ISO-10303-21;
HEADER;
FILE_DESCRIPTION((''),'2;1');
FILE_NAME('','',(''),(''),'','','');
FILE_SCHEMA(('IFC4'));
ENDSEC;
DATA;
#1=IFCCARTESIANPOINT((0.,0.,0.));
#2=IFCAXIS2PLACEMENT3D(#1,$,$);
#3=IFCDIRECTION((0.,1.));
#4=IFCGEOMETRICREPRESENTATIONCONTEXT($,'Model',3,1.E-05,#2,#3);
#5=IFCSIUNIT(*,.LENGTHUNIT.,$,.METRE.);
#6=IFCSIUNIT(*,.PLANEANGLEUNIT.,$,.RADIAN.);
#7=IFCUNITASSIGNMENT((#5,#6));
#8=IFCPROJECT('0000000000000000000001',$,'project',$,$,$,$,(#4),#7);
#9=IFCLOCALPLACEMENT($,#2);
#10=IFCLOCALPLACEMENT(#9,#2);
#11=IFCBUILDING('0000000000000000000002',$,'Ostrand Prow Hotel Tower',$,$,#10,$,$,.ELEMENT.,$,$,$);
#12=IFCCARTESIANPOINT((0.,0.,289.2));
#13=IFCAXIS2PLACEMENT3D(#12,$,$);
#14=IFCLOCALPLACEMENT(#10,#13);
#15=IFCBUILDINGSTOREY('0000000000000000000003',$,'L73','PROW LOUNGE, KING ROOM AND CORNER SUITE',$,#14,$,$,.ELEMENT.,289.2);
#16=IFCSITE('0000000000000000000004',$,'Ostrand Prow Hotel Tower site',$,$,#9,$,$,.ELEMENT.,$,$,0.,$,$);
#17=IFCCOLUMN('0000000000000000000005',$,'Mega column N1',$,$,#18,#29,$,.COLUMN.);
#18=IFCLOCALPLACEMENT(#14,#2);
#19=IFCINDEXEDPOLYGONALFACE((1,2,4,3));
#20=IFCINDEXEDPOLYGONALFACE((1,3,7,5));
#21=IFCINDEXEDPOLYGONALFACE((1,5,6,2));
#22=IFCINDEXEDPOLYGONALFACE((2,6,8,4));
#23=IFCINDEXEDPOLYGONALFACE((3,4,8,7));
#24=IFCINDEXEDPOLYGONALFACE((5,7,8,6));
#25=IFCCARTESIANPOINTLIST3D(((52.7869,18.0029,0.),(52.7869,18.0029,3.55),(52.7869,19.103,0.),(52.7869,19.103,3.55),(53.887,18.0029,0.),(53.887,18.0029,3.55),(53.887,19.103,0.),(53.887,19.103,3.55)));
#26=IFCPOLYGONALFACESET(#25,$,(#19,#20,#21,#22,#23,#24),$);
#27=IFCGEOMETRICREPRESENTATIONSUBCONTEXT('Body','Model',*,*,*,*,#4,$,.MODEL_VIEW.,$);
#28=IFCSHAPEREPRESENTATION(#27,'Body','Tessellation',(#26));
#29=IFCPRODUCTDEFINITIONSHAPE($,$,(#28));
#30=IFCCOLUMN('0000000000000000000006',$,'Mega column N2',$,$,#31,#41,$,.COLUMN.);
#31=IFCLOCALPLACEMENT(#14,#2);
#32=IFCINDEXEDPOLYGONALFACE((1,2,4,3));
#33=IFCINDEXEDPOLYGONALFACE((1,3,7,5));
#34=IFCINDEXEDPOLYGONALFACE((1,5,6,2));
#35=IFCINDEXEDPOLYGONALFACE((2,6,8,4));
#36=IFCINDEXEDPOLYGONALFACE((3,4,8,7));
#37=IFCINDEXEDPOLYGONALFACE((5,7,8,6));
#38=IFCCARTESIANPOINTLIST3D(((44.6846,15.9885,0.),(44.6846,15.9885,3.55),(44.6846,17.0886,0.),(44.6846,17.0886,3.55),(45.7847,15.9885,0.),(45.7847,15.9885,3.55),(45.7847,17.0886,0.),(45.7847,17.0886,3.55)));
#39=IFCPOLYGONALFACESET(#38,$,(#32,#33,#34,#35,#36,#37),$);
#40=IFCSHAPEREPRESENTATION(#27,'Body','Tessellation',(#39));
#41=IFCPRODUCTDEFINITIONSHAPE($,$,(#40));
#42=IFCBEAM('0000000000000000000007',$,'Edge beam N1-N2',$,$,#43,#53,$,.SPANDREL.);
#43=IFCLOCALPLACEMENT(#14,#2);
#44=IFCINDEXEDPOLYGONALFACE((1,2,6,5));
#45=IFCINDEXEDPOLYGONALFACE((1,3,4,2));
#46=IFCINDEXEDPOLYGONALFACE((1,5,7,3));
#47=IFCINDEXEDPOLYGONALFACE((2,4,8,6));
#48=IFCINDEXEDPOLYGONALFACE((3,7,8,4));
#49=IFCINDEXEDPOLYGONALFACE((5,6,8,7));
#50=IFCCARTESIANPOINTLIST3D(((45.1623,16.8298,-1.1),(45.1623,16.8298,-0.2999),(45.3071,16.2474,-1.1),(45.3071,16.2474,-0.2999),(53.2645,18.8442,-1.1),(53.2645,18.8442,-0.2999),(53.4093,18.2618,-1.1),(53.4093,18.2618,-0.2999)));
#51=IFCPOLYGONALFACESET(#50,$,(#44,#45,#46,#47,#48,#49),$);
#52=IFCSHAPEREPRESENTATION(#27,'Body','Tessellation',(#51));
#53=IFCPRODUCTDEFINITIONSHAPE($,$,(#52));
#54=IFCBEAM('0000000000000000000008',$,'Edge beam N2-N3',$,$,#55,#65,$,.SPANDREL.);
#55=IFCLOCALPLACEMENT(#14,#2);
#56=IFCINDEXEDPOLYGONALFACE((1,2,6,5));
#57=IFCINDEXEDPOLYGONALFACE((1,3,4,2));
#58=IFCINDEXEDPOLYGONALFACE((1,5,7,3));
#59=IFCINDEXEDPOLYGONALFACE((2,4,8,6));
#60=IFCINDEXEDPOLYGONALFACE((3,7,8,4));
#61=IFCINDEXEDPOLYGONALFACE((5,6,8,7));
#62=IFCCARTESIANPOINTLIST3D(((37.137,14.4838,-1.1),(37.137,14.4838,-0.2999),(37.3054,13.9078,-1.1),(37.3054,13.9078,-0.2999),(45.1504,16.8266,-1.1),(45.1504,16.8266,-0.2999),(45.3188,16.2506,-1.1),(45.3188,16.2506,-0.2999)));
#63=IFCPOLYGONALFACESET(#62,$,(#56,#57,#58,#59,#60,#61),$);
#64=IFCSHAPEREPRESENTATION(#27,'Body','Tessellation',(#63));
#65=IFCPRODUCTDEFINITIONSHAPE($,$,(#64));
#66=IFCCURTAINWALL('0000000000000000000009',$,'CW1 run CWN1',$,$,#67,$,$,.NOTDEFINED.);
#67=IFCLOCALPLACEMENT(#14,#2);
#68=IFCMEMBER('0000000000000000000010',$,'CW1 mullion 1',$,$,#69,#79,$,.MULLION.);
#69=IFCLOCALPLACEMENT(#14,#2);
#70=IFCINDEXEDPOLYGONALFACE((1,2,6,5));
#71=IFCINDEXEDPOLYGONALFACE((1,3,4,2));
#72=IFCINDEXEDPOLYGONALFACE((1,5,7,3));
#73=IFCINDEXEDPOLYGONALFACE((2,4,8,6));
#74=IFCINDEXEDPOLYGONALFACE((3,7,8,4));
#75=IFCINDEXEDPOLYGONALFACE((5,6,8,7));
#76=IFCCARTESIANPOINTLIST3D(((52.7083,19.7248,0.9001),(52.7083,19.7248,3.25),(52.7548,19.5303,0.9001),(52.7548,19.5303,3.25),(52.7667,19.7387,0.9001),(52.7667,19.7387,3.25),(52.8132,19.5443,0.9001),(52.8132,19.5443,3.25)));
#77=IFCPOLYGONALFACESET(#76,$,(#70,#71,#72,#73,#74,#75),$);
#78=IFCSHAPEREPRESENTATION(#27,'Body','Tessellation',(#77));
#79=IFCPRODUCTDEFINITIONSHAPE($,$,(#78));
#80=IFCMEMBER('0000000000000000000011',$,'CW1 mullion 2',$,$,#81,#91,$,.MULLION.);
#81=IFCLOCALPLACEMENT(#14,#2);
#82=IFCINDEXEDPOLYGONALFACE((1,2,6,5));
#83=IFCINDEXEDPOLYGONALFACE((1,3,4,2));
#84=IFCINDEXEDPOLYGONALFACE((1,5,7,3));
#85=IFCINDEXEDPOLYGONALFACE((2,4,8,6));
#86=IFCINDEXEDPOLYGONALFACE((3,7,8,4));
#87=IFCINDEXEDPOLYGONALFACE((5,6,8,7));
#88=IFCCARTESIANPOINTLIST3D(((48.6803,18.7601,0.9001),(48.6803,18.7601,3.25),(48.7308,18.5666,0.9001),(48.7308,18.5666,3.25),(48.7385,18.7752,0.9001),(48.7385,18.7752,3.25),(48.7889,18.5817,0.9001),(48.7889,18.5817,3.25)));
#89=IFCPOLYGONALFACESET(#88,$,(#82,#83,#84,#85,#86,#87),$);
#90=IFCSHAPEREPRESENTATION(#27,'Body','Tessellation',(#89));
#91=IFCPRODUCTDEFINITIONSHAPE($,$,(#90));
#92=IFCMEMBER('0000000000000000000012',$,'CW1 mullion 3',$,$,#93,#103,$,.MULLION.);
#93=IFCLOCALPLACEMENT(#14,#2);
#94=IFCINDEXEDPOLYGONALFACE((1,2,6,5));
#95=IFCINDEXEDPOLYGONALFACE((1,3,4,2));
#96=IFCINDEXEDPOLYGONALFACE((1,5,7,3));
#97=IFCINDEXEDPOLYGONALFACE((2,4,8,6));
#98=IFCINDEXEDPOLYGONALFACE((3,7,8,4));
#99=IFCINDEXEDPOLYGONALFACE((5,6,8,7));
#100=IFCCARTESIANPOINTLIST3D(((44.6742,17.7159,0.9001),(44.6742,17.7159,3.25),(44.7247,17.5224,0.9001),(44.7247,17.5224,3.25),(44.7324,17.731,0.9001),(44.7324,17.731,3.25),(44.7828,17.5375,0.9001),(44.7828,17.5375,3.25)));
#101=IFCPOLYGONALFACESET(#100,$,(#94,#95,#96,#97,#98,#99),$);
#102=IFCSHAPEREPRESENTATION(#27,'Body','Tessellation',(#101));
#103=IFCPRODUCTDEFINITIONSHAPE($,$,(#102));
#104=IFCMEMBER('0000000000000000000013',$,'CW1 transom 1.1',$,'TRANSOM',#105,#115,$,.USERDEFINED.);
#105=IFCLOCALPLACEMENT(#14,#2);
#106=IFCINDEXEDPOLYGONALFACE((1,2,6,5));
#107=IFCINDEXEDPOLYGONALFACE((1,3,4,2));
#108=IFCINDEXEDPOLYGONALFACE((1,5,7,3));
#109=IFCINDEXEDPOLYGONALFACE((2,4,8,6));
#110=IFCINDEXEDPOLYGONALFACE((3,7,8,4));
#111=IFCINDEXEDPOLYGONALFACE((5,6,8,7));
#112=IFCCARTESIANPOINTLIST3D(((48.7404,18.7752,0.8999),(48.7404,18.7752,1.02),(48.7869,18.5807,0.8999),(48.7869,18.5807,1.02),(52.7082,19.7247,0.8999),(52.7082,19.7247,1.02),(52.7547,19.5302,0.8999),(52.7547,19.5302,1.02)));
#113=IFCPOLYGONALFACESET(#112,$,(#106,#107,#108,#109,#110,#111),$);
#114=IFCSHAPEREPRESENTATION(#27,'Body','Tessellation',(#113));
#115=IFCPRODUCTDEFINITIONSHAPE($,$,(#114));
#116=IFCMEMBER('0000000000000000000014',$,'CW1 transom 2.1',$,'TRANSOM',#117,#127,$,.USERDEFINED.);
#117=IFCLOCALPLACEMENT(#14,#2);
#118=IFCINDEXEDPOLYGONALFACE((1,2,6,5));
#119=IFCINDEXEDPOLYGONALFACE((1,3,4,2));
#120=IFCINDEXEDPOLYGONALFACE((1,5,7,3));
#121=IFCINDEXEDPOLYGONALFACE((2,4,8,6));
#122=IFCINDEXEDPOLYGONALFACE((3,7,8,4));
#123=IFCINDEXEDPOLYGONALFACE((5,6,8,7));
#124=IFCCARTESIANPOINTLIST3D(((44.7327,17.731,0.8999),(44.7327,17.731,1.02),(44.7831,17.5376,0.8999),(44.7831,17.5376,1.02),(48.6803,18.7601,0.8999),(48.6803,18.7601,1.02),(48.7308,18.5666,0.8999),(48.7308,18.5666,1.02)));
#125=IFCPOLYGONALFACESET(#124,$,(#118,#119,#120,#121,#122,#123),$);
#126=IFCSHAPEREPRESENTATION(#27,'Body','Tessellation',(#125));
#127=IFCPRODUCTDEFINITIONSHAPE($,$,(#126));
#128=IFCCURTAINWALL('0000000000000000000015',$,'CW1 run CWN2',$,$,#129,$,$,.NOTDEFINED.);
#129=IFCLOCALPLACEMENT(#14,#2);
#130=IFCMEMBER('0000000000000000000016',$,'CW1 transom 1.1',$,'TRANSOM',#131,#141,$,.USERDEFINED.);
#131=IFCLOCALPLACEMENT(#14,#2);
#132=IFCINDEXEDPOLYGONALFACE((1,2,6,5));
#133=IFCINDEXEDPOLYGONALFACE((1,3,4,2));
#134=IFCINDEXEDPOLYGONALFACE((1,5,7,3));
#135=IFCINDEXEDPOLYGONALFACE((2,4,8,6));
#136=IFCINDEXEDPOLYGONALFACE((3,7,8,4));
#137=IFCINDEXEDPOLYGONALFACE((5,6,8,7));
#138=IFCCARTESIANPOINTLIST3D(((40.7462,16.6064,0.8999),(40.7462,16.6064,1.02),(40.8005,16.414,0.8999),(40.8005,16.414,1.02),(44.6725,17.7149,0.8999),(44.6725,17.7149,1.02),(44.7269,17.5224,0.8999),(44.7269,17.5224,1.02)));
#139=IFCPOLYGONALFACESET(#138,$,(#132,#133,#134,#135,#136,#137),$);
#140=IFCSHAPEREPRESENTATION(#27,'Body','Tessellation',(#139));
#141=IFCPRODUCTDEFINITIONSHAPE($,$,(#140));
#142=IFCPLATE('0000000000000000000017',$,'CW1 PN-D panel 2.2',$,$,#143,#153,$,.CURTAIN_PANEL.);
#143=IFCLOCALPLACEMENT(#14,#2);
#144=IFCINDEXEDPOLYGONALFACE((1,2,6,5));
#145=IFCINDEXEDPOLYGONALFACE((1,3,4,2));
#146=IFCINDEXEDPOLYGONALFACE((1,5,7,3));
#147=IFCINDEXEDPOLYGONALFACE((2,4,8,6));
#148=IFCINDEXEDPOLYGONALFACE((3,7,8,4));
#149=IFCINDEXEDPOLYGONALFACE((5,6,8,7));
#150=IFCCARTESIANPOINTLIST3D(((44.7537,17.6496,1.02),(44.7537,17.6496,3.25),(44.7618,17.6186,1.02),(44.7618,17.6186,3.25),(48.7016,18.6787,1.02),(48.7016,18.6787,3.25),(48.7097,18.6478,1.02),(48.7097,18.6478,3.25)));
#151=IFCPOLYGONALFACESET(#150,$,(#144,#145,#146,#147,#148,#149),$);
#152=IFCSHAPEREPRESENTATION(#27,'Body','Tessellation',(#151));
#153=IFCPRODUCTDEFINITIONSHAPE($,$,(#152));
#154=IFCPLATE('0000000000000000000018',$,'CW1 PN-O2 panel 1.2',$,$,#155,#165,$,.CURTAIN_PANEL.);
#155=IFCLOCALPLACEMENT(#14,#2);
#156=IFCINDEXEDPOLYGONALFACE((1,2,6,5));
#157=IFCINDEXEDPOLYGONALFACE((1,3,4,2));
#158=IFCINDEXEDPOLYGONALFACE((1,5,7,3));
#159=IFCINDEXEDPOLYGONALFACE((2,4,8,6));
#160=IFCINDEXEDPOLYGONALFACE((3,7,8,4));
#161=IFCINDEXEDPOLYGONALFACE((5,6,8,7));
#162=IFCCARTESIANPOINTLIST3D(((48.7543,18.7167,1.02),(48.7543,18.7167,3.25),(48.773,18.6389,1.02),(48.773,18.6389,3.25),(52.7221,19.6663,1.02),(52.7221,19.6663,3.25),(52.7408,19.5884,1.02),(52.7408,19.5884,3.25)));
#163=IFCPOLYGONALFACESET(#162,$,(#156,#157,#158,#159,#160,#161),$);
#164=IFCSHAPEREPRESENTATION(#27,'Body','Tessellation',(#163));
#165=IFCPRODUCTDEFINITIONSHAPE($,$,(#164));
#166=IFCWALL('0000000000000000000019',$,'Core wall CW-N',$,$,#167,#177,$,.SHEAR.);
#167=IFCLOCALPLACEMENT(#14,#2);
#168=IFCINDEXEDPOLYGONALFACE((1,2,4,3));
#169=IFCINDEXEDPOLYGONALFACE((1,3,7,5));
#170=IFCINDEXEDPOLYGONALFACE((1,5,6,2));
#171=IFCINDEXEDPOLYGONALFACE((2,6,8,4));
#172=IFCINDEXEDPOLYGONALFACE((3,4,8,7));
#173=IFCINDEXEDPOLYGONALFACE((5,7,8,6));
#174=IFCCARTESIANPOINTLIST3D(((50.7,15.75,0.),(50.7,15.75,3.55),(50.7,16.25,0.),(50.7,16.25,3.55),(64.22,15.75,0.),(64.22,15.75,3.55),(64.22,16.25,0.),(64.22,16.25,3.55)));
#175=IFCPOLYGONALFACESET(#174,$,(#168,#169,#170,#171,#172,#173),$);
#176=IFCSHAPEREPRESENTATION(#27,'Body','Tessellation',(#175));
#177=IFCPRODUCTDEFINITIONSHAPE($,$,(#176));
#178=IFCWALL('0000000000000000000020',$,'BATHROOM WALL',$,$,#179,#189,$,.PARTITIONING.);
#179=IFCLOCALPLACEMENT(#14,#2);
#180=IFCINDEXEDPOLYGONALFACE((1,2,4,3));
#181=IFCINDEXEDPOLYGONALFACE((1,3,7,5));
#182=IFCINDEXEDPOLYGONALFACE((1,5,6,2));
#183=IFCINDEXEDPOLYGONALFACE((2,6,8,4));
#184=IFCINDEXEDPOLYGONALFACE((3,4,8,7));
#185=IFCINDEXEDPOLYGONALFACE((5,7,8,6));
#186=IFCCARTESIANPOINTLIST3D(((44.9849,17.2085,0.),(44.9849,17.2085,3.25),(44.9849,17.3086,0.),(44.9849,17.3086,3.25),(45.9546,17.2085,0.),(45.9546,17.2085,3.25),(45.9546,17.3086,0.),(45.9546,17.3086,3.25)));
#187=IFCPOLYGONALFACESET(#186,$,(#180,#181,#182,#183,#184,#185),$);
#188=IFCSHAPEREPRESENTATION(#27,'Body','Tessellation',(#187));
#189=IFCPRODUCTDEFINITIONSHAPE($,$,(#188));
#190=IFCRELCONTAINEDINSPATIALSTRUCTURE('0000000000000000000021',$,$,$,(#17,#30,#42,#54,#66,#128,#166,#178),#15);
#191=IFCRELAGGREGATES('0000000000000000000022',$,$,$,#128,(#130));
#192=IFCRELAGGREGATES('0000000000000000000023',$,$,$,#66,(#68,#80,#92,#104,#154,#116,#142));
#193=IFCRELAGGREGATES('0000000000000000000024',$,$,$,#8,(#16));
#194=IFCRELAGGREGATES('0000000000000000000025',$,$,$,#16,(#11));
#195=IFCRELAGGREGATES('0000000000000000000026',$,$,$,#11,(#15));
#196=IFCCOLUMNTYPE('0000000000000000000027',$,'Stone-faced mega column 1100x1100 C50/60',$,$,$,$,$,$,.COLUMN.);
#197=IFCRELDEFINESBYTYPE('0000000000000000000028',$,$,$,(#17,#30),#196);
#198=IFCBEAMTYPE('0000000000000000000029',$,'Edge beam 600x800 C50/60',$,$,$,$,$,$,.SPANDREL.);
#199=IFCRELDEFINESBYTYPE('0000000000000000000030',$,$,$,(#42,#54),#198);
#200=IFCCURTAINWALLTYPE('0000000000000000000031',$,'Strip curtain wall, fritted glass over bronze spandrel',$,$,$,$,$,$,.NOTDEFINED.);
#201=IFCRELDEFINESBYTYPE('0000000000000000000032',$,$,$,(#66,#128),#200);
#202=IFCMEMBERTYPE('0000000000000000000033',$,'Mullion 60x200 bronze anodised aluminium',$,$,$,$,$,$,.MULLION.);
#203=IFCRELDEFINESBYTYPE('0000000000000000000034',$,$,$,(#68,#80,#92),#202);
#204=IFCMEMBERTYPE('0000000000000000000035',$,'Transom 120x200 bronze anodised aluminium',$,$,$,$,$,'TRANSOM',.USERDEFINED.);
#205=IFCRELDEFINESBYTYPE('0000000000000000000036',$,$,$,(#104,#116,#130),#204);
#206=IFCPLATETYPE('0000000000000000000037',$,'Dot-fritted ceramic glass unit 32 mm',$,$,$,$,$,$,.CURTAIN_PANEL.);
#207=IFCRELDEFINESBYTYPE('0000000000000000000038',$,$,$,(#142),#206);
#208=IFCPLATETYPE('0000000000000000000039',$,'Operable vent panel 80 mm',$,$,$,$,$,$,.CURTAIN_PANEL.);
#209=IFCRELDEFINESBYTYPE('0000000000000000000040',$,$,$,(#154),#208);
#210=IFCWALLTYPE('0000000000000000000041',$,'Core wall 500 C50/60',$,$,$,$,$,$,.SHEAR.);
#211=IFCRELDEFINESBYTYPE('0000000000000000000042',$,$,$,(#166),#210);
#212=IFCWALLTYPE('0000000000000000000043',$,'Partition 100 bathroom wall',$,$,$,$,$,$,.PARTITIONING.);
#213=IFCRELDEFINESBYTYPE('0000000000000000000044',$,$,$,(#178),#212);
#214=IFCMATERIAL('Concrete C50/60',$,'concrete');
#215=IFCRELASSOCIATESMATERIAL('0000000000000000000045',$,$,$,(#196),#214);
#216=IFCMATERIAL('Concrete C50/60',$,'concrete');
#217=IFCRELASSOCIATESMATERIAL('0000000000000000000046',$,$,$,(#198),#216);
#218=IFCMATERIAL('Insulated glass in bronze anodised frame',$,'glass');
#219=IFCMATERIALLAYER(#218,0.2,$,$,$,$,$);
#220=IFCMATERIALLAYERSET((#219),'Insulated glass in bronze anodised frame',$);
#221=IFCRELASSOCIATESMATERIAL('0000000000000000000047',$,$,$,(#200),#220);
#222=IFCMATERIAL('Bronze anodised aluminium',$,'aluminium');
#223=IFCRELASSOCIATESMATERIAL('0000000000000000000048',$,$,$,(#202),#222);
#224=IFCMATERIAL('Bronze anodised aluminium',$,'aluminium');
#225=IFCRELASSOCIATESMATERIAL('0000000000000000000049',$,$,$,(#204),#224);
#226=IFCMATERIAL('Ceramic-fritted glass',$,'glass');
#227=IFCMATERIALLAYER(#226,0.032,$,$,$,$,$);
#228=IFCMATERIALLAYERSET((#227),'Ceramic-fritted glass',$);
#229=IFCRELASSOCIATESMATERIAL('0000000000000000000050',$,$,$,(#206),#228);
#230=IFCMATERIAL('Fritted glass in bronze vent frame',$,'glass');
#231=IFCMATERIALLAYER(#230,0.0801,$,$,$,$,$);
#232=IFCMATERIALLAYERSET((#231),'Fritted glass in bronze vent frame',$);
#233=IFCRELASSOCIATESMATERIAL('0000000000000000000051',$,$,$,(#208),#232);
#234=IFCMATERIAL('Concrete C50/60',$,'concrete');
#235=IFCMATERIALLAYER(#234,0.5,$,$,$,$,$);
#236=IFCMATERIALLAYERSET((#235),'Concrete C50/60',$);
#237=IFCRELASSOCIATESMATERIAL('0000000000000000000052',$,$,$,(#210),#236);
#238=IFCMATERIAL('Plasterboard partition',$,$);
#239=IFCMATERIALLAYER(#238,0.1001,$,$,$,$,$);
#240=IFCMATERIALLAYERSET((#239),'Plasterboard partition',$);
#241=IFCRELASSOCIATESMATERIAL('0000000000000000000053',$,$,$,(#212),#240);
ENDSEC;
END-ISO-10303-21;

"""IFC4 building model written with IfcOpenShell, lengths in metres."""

from ifc_helpers import new_model, si_unit, direction, frame, frame_2d, origin, origin_2d, place, context, subcontext, project, spatial, rectangle, extrude, material, layer, layer_set, material_profile, profile_set, type_object, element, aggregate, save


model = new_model("IFC4")

# Units and contexts
model_context = context("Model", 3, precision=1e-05, world=origin(), true_north=direction((0.0, 1.0)))
body_context = subcontext(model_context, "Body", "Model", "MODEL_VIEW")
ifc_project = project(units=[si_unit("LENGTHUNIT", "METRE"), si_unit("PLANEANGLEUNIT", "RADIAN")], contexts=[model_context])

# Site, building, storey
site_placement = place(None, origin())
site = spatial("IfcSite", under=ifc_project, at=site_placement, Name="Ostrand Prow Hotel Tower site", CompositionType="ELEMENT", RefElevation=0.0)
building_placement = place(site_placement, origin())
building = spatial("IfcBuilding", under=site, at=building_placement, Name="Ostrand Prow Hotel Tower", CompositionType="ELEMENT")
storey_placement = place(building_placement, frame((0.0, 0.0, 289.2)))
storey = spatial("IfcBuildingStorey", under=building, at=storey_placement, Name="L73", Description="PROW LOUNGE, KING ROOM AND CORNER SUITE", CompositionType="ELEMENT", Elevation=289.2)

# Columns
ifc_material_1 = material(Name="Concrete C50/60", Category="concrete")
ifc_material_profile_1 = material_profile(ifc_material_1, rectangle(XDim=1.1001, YDim=1.1001, at=origin_2d()), Name="RC 1100x1100")
ifc_profile_set_1 = profile_set([ifc_material_profile_1], Name="Concrete C50/60")
column_type = type_object("IfcColumnType", Name="Stone-faced mega column 1100x1100 C50/60", PredefinedType="COLUMN", material=ifc_profile_set_1)
for number, where, z_axis, x_axis, name in (
    (1, (53.3369, 18.553, 0.0), (0.0, 0.0, 1.0), (1.0, 0.0, 0.0), "Mega column N1"),
    (2, (45.2346, 16.5386, 0.0), (0.0, 0.0, 1.0), (1.0, 0.0, 0.0), "Mega column N2"),
):
    element("IfcColumn", number, at=place(storey_placement, frame(where, z_axis=z_axis, x_axis=x_axis)), inside=storey, type_object=column_type, Name=name, PredefinedType="COLUMN", context=body_context, shape_type="SweptSolid", body=[
        extrude(rectangle(XDim=1.1001, YDim=1.1001, at=origin_2d()), origin(), (0.0, 0.0, 1.0), 3.55),
    ])

# Beams
ifc_material_2 = material(Name="Concrete C50/60", Category="concrete")
ifc_material_profile_2 = material_profile(ifc_material_2, rectangle(XDim=0.6001, YDim=0.8, at=origin_2d()), Name="RC 600x800")
ifc_profile_set_2 = profile_set([ifc_material_profile_2], Name="Concrete C50/60")
beam_type = type_object("IfcBeamType", Name="Edge beam 600x800 C50/60", PredefinedType="SPANDREL", material=ifc_profile_set_2)
for number, where, z_axis, x_axis, name in (
    (3, (53.3369, 18.553, -0.7), (-0.970456, -0.241276, 0.0), (0.241276, -0.970456, 0.0), "Edge beam N1-N2"),
    (4, (45.2346, 16.5386, -0.7), (-0.959822, -0.28061, 0.0), (0.28061, -0.959822, 0.0), "Edge beam N2-N3"),
):
    element("IfcBeam", number, at=place(storey_placement, frame(where, z_axis=z_axis, x_axis=x_axis)), inside=storey, type_object=beam_type, Name=name, PredefinedType="SPANDREL", context=body_context, shape_type="SweptSolid", body=[
        extrude(rectangle(XDim=0.6001, YDim=0.8, at=origin_2d()), origin(), (0.0, 0.0, 1.0), 8.3489),
    ])

# Curtain wall, members
ifc_material_3 = material(Name="Insulated glass in bronze anodised frame", Category="glass")
ifc_layer_1 = layer(ifc_material_3, 0.2)
ifc_layer_set_1 = layer_set([ifc_layer_1], Name="Insulated glass in bronze anodised frame")
curtain_wall_type = type_object("IfcCurtainWallType", Name="Strip curtain wall, fritted glass over bronze spandrel", PredefinedType="NOTDEFINED", material=ifc_layer_set_1)
curtain_wall_1_placement = place(storey_placement, origin())
curtain_wall_1 = element("IfcCurtainWall", 5, at=curtain_wall_1_placement, inside=storey, type_object=curtain_wall_type, Name="CW1 run CWN1", PredefinedType="NOTDEFINED")
ifc_material_4 = material(Name="Bronze anodised aluminium", Category="aluminium")
ifc_material_profile_3 = material_profile(ifc_material_4, rectangle(XDim=0.2, YDim=0.0601, at=origin_2d()), Name="Mullion 60x200 bronze anodised aluminium")
ifc_profile_set_3 = profile_set([ifc_material_profile_3], Name="Bronze anodised aluminium")
member_type_1 = type_object("IfcMemberType", Name="Mullion 60x200 bronze anodised aluminium", PredefinedType="MULLION", material=ifc_profile_set_3)
member_1_placement = place(storey_placement, frame((52.7607, 19.6345, 0.9001), z_axis=(0.0, 0.0, 1.0), x_axis=(0.232746, -0.972538, 0.0)))
member_1 = element("IfcMember", 6, at=member_1_placement, type_object=member_type_1, Name="CW1 mullion 1", PredefinedType="MULLION", context=body_context, shape_type="SweptSolid", body=[
    extrude(rectangle(XDim=0.2, YDim=0.0601, at=origin_2d()), origin(), (0.0, 0.0, 1.0), 2.3499),
])
member_2_placement = place(storey_placement, frame((48.7346, 18.6709, 0.9001), z_axis=(0.0, 0.0, 1.0), x_axis=(0.252248, -0.967663, 0.0)))
member_2 = element("IfcMember", 7, at=member_2_placement, type_object=member_type_1, Name="CW1 mullion 2", PredefinedType="MULLION", context=body_context, shape_type="SweptSolid", body=[
    extrude(rectangle(XDim=0.2, YDim=0.0601, at=origin_2d()), origin(), (0.0, 0.0, 1.0), 2.3499),
])
member_3_placement = place(storey_placement, frame((44.7285, 17.6267, 0.9001), z_axis=(0.0, 0.0, 1.0), x_axis=(0.252248, -0.967663, 0.0)))
member_3 = element("IfcMember", 8, at=member_3_placement, type_object=member_type_1, Name="CW1 mullion 3", PredefinedType="MULLION", context=body_context, shape_type="SweptSolid", body=[
    extrude(rectangle(XDim=0.2, YDim=0.0601, at=origin_2d()), origin(), (0.0, 0.0, 1.0), 2.3499),
])
ifc_material_5 = material(Name="Bronze anodised aluminium", Category="aluminium")
ifc_material_profile_4 = material_profile(ifc_material_5, rectangle(XDim=0.2, YDim=0.1201, at=origin_2d()), Name="Transom 120x200 bronze anodised aluminium")
ifc_profile_set_4 = profile_set([ifc_material_profile_4], Name="Bronze anodised aluminium")
member_type_2 = type_object("IfcMemberType", Name="Transom 120x200 bronze anodised aluminium", ElementType="TRANSOM", PredefinedType="USERDEFINED", material=ifc_profile_set_4)
member_4_placement = place(storey_placement, frame((52.7314, 19.6274, 0.96), z_axis=(-0.972543, -0.232723, 0.0), x_axis=(0.232723, -0.972543, 0.0)))
member_4 = element("IfcMember", 9, at=member_4_placement, type_object=member_type_2, Name="CW1 transom 1.1", ObjectType="TRANSOM", PredefinedType="USERDEFINED", context=body_context, shape_type="SweptSolid", body=[
    extrude(rectangle(XDim=0.2, YDim=0.1201, at=origin_2d()), origin(), (0.0, 0.0, 1.0), 4.0798),
])
member_5_placement = place(storey_placement, frame((48.7056, 18.6633, 0.96), z_axis=(-0.967665, -0.252239, 0.0), x_axis=(0.252239, -0.967665, 0.0)))
member_5 = element("IfcMember", 10, at=member_5_placement, type_object=member_type_2, Name="CW1 transom 2.1", ObjectType="TRANSOM", PredefinedType="USERDEFINED", context=body_context, shape_type="SweptSolid", body=[
    extrude(rectangle(XDim=0.2, YDim=0.1201, at=origin_2d()), origin(), (0.0, 0.0, 1.0), 4.0796),
])

# Curtain wall, member
curtain_wall_2_placement = place(storey_placement, origin())
curtain_wall_2 = element("IfcCurtainWall", 11, at=curtain_wall_2_placement, inside=storey, type_object=curtain_wall_type, Name="CW1 run CWN2", PredefinedType="NOTDEFINED")
member_6_placement = place(storey_placement, frame((44.6997, 17.6187, 0.96), z_axis=(-0.962386, -0.271685, 0.0), x_axis=(0.271685, -0.962386, 0.0)))
member_6 = element("IfcMember", 12, at=member_6_placement, type_object=member_type_2, Name="CW1 transom 1.1", ObjectType="TRANSOM", PredefinedType="USERDEFINED", context=body_context, shape_type="SweptSolid", body=[
    extrude(rectangle(XDim=0.2, YDim=0.1201, at=origin_2d()), origin(), (0.0, 0.0, 1.0), 4.0798),
])
aggregate(curtain_wall_2, [member_6])

# Plates
ifc_material_6 = material(Name="Ceramic-fritted glass", Category="glass")
ifc_layer_2 = layer(ifc_material_6, 0.032)
ifc_layer_set_2 = layer_set([ifc_layer_2], Name="Ceramic-fritted glass")
plate_type_1 = type_object("IfcPlateType", Name="Dot-fritted ceramic glass unit 32 mm", PredefinedType="CURTAIN_PANEL", material=ifc_layer_set_2)
plate_1_placement = place(storey_placement, frame((46.7317, 18.1487, 1.02), z_axis=(0.0, 0.0, 1.0), x_axis=(-0.967663, -0.252248, 0.0)))
plate_1 = element("IfcPlate", 13, at=plate_1_placement, type_object=plate_type_1, Name="CW1 PN-D panel 2.2", PredefinedType="CURTAIN_PANEL", context=body_context, shape_type="SweptSolid", body=[
    extrude(rectangle(XDim=4.0798, YDim=0.032, at=origin_2d()), origin(), (0.0, 0.0, 1.0), 2.23),
])
ifc_material_7 = material(Name="Fritted glass in bronze vent frame", Category="glass")
ifc_layer_3 = layer(ifc_material_7, 0.0801)
ifc_layer_set_3 = layer_set([ifc_layer_3], Name="Fritted glass in bronze vent frame")
plate_type_2 = type_object("IfcPlateType", Name="Operable vent panel 80 mm", PredefinedType="CURTAIN_PANEL", material=ifc_layer_set_3)
plate_2_placement = place(storey_placement, frame((50.7476, 19.1526, 1.02), z_axis=(0.0, 0.0, 1.0), x_axis=(-0.972538, -0.232746, 0.0)))
plate_2 = element("IfcPlate", 14, at=plate_2_placement, type_object=plate_type_2, Name="CW1 PN-O2 panel 1.2", PredefinedType="CURTAIN_PANEL", context=body_context, shape_type="SweptSolid", body=[
    extrude(rectangle(XDim=4.0798, YDim=0.0801, at=origin_2d()), origin(), (0.0, 0.0, 1.0), 2.23),
])
aggregate(curtain_wall_1, [member_1, member_2, member_3, member_4, plate_2, member_5, plate_1])

# Walls
ifc_material_8 = material(Name="Concrete C50/60", Category="concrete")
ifc_layer_4 = layer(ifc_material_8, 0.5)
ifc_layer_set_4 = layer_set([ifc_layer_4], Name="Concrete C50/60")
wall_type_1 = type_object("IfcWallType", Name="Core wall 500 C50/60", PredefinedType="SHEAR", material=ifc_layer_set_4)
wall_1_placement = place(storey_placement, frame((50.7, 16.0, 0.0), z_axis=(0.0, 0.0, 1.0), x_axis=(1.0, 0.0, 0.0)))
element("IfcWall", 15, at=wall_1_placement, inside=storey, type_object=wall_type_1, Name="Core wall CW-N", PredefinedType="SHEAR", context=body_context, shape_type="SweptSolid", body=[
    extrude(rectangle(XDim=13.52, YDim=0.5, at=frame_2d((6.76, 0.0))), origin(), (0.0, 0.0, 1.0), 3.55),
])
ifc_material_9 = material(Name="Plasterboard partition")
ifc_layer_5 = layer(ifc_material_9, 0.1001)
ifc_layer_set_5 = layer_set([ifc_layer_5], Name="Plasterboard partition")
wall_type_2 = type_object("IfcWallType", Name="Partition 100 bathroom wall", PredefinedType="PARTITIONING", material=ifc_layer_set_5)
wall_2_placement = place(storey_placement, frame((44.9849, 17.2585, 0.0), z_axis=(0.0, 0.0, 1.0), x_axis=(1.0, 0.0, 0.0)))
element("IfcWall", 16, at=wall_2_placement, inside=storey, type_object=wall_type_2, Name="BATHROOM WALL", PredefinedType="PARTITIONING", context=body_context, shape_type="SweptSolid", body=[
    extrude(rectangle(XDim=0.9697, YDim=0.1001, at=frame_2d((0.4849, 0.0))), origin(), (0.0, 0.0, 1.0), 3.25),
])

save(model, "model.ifc")
